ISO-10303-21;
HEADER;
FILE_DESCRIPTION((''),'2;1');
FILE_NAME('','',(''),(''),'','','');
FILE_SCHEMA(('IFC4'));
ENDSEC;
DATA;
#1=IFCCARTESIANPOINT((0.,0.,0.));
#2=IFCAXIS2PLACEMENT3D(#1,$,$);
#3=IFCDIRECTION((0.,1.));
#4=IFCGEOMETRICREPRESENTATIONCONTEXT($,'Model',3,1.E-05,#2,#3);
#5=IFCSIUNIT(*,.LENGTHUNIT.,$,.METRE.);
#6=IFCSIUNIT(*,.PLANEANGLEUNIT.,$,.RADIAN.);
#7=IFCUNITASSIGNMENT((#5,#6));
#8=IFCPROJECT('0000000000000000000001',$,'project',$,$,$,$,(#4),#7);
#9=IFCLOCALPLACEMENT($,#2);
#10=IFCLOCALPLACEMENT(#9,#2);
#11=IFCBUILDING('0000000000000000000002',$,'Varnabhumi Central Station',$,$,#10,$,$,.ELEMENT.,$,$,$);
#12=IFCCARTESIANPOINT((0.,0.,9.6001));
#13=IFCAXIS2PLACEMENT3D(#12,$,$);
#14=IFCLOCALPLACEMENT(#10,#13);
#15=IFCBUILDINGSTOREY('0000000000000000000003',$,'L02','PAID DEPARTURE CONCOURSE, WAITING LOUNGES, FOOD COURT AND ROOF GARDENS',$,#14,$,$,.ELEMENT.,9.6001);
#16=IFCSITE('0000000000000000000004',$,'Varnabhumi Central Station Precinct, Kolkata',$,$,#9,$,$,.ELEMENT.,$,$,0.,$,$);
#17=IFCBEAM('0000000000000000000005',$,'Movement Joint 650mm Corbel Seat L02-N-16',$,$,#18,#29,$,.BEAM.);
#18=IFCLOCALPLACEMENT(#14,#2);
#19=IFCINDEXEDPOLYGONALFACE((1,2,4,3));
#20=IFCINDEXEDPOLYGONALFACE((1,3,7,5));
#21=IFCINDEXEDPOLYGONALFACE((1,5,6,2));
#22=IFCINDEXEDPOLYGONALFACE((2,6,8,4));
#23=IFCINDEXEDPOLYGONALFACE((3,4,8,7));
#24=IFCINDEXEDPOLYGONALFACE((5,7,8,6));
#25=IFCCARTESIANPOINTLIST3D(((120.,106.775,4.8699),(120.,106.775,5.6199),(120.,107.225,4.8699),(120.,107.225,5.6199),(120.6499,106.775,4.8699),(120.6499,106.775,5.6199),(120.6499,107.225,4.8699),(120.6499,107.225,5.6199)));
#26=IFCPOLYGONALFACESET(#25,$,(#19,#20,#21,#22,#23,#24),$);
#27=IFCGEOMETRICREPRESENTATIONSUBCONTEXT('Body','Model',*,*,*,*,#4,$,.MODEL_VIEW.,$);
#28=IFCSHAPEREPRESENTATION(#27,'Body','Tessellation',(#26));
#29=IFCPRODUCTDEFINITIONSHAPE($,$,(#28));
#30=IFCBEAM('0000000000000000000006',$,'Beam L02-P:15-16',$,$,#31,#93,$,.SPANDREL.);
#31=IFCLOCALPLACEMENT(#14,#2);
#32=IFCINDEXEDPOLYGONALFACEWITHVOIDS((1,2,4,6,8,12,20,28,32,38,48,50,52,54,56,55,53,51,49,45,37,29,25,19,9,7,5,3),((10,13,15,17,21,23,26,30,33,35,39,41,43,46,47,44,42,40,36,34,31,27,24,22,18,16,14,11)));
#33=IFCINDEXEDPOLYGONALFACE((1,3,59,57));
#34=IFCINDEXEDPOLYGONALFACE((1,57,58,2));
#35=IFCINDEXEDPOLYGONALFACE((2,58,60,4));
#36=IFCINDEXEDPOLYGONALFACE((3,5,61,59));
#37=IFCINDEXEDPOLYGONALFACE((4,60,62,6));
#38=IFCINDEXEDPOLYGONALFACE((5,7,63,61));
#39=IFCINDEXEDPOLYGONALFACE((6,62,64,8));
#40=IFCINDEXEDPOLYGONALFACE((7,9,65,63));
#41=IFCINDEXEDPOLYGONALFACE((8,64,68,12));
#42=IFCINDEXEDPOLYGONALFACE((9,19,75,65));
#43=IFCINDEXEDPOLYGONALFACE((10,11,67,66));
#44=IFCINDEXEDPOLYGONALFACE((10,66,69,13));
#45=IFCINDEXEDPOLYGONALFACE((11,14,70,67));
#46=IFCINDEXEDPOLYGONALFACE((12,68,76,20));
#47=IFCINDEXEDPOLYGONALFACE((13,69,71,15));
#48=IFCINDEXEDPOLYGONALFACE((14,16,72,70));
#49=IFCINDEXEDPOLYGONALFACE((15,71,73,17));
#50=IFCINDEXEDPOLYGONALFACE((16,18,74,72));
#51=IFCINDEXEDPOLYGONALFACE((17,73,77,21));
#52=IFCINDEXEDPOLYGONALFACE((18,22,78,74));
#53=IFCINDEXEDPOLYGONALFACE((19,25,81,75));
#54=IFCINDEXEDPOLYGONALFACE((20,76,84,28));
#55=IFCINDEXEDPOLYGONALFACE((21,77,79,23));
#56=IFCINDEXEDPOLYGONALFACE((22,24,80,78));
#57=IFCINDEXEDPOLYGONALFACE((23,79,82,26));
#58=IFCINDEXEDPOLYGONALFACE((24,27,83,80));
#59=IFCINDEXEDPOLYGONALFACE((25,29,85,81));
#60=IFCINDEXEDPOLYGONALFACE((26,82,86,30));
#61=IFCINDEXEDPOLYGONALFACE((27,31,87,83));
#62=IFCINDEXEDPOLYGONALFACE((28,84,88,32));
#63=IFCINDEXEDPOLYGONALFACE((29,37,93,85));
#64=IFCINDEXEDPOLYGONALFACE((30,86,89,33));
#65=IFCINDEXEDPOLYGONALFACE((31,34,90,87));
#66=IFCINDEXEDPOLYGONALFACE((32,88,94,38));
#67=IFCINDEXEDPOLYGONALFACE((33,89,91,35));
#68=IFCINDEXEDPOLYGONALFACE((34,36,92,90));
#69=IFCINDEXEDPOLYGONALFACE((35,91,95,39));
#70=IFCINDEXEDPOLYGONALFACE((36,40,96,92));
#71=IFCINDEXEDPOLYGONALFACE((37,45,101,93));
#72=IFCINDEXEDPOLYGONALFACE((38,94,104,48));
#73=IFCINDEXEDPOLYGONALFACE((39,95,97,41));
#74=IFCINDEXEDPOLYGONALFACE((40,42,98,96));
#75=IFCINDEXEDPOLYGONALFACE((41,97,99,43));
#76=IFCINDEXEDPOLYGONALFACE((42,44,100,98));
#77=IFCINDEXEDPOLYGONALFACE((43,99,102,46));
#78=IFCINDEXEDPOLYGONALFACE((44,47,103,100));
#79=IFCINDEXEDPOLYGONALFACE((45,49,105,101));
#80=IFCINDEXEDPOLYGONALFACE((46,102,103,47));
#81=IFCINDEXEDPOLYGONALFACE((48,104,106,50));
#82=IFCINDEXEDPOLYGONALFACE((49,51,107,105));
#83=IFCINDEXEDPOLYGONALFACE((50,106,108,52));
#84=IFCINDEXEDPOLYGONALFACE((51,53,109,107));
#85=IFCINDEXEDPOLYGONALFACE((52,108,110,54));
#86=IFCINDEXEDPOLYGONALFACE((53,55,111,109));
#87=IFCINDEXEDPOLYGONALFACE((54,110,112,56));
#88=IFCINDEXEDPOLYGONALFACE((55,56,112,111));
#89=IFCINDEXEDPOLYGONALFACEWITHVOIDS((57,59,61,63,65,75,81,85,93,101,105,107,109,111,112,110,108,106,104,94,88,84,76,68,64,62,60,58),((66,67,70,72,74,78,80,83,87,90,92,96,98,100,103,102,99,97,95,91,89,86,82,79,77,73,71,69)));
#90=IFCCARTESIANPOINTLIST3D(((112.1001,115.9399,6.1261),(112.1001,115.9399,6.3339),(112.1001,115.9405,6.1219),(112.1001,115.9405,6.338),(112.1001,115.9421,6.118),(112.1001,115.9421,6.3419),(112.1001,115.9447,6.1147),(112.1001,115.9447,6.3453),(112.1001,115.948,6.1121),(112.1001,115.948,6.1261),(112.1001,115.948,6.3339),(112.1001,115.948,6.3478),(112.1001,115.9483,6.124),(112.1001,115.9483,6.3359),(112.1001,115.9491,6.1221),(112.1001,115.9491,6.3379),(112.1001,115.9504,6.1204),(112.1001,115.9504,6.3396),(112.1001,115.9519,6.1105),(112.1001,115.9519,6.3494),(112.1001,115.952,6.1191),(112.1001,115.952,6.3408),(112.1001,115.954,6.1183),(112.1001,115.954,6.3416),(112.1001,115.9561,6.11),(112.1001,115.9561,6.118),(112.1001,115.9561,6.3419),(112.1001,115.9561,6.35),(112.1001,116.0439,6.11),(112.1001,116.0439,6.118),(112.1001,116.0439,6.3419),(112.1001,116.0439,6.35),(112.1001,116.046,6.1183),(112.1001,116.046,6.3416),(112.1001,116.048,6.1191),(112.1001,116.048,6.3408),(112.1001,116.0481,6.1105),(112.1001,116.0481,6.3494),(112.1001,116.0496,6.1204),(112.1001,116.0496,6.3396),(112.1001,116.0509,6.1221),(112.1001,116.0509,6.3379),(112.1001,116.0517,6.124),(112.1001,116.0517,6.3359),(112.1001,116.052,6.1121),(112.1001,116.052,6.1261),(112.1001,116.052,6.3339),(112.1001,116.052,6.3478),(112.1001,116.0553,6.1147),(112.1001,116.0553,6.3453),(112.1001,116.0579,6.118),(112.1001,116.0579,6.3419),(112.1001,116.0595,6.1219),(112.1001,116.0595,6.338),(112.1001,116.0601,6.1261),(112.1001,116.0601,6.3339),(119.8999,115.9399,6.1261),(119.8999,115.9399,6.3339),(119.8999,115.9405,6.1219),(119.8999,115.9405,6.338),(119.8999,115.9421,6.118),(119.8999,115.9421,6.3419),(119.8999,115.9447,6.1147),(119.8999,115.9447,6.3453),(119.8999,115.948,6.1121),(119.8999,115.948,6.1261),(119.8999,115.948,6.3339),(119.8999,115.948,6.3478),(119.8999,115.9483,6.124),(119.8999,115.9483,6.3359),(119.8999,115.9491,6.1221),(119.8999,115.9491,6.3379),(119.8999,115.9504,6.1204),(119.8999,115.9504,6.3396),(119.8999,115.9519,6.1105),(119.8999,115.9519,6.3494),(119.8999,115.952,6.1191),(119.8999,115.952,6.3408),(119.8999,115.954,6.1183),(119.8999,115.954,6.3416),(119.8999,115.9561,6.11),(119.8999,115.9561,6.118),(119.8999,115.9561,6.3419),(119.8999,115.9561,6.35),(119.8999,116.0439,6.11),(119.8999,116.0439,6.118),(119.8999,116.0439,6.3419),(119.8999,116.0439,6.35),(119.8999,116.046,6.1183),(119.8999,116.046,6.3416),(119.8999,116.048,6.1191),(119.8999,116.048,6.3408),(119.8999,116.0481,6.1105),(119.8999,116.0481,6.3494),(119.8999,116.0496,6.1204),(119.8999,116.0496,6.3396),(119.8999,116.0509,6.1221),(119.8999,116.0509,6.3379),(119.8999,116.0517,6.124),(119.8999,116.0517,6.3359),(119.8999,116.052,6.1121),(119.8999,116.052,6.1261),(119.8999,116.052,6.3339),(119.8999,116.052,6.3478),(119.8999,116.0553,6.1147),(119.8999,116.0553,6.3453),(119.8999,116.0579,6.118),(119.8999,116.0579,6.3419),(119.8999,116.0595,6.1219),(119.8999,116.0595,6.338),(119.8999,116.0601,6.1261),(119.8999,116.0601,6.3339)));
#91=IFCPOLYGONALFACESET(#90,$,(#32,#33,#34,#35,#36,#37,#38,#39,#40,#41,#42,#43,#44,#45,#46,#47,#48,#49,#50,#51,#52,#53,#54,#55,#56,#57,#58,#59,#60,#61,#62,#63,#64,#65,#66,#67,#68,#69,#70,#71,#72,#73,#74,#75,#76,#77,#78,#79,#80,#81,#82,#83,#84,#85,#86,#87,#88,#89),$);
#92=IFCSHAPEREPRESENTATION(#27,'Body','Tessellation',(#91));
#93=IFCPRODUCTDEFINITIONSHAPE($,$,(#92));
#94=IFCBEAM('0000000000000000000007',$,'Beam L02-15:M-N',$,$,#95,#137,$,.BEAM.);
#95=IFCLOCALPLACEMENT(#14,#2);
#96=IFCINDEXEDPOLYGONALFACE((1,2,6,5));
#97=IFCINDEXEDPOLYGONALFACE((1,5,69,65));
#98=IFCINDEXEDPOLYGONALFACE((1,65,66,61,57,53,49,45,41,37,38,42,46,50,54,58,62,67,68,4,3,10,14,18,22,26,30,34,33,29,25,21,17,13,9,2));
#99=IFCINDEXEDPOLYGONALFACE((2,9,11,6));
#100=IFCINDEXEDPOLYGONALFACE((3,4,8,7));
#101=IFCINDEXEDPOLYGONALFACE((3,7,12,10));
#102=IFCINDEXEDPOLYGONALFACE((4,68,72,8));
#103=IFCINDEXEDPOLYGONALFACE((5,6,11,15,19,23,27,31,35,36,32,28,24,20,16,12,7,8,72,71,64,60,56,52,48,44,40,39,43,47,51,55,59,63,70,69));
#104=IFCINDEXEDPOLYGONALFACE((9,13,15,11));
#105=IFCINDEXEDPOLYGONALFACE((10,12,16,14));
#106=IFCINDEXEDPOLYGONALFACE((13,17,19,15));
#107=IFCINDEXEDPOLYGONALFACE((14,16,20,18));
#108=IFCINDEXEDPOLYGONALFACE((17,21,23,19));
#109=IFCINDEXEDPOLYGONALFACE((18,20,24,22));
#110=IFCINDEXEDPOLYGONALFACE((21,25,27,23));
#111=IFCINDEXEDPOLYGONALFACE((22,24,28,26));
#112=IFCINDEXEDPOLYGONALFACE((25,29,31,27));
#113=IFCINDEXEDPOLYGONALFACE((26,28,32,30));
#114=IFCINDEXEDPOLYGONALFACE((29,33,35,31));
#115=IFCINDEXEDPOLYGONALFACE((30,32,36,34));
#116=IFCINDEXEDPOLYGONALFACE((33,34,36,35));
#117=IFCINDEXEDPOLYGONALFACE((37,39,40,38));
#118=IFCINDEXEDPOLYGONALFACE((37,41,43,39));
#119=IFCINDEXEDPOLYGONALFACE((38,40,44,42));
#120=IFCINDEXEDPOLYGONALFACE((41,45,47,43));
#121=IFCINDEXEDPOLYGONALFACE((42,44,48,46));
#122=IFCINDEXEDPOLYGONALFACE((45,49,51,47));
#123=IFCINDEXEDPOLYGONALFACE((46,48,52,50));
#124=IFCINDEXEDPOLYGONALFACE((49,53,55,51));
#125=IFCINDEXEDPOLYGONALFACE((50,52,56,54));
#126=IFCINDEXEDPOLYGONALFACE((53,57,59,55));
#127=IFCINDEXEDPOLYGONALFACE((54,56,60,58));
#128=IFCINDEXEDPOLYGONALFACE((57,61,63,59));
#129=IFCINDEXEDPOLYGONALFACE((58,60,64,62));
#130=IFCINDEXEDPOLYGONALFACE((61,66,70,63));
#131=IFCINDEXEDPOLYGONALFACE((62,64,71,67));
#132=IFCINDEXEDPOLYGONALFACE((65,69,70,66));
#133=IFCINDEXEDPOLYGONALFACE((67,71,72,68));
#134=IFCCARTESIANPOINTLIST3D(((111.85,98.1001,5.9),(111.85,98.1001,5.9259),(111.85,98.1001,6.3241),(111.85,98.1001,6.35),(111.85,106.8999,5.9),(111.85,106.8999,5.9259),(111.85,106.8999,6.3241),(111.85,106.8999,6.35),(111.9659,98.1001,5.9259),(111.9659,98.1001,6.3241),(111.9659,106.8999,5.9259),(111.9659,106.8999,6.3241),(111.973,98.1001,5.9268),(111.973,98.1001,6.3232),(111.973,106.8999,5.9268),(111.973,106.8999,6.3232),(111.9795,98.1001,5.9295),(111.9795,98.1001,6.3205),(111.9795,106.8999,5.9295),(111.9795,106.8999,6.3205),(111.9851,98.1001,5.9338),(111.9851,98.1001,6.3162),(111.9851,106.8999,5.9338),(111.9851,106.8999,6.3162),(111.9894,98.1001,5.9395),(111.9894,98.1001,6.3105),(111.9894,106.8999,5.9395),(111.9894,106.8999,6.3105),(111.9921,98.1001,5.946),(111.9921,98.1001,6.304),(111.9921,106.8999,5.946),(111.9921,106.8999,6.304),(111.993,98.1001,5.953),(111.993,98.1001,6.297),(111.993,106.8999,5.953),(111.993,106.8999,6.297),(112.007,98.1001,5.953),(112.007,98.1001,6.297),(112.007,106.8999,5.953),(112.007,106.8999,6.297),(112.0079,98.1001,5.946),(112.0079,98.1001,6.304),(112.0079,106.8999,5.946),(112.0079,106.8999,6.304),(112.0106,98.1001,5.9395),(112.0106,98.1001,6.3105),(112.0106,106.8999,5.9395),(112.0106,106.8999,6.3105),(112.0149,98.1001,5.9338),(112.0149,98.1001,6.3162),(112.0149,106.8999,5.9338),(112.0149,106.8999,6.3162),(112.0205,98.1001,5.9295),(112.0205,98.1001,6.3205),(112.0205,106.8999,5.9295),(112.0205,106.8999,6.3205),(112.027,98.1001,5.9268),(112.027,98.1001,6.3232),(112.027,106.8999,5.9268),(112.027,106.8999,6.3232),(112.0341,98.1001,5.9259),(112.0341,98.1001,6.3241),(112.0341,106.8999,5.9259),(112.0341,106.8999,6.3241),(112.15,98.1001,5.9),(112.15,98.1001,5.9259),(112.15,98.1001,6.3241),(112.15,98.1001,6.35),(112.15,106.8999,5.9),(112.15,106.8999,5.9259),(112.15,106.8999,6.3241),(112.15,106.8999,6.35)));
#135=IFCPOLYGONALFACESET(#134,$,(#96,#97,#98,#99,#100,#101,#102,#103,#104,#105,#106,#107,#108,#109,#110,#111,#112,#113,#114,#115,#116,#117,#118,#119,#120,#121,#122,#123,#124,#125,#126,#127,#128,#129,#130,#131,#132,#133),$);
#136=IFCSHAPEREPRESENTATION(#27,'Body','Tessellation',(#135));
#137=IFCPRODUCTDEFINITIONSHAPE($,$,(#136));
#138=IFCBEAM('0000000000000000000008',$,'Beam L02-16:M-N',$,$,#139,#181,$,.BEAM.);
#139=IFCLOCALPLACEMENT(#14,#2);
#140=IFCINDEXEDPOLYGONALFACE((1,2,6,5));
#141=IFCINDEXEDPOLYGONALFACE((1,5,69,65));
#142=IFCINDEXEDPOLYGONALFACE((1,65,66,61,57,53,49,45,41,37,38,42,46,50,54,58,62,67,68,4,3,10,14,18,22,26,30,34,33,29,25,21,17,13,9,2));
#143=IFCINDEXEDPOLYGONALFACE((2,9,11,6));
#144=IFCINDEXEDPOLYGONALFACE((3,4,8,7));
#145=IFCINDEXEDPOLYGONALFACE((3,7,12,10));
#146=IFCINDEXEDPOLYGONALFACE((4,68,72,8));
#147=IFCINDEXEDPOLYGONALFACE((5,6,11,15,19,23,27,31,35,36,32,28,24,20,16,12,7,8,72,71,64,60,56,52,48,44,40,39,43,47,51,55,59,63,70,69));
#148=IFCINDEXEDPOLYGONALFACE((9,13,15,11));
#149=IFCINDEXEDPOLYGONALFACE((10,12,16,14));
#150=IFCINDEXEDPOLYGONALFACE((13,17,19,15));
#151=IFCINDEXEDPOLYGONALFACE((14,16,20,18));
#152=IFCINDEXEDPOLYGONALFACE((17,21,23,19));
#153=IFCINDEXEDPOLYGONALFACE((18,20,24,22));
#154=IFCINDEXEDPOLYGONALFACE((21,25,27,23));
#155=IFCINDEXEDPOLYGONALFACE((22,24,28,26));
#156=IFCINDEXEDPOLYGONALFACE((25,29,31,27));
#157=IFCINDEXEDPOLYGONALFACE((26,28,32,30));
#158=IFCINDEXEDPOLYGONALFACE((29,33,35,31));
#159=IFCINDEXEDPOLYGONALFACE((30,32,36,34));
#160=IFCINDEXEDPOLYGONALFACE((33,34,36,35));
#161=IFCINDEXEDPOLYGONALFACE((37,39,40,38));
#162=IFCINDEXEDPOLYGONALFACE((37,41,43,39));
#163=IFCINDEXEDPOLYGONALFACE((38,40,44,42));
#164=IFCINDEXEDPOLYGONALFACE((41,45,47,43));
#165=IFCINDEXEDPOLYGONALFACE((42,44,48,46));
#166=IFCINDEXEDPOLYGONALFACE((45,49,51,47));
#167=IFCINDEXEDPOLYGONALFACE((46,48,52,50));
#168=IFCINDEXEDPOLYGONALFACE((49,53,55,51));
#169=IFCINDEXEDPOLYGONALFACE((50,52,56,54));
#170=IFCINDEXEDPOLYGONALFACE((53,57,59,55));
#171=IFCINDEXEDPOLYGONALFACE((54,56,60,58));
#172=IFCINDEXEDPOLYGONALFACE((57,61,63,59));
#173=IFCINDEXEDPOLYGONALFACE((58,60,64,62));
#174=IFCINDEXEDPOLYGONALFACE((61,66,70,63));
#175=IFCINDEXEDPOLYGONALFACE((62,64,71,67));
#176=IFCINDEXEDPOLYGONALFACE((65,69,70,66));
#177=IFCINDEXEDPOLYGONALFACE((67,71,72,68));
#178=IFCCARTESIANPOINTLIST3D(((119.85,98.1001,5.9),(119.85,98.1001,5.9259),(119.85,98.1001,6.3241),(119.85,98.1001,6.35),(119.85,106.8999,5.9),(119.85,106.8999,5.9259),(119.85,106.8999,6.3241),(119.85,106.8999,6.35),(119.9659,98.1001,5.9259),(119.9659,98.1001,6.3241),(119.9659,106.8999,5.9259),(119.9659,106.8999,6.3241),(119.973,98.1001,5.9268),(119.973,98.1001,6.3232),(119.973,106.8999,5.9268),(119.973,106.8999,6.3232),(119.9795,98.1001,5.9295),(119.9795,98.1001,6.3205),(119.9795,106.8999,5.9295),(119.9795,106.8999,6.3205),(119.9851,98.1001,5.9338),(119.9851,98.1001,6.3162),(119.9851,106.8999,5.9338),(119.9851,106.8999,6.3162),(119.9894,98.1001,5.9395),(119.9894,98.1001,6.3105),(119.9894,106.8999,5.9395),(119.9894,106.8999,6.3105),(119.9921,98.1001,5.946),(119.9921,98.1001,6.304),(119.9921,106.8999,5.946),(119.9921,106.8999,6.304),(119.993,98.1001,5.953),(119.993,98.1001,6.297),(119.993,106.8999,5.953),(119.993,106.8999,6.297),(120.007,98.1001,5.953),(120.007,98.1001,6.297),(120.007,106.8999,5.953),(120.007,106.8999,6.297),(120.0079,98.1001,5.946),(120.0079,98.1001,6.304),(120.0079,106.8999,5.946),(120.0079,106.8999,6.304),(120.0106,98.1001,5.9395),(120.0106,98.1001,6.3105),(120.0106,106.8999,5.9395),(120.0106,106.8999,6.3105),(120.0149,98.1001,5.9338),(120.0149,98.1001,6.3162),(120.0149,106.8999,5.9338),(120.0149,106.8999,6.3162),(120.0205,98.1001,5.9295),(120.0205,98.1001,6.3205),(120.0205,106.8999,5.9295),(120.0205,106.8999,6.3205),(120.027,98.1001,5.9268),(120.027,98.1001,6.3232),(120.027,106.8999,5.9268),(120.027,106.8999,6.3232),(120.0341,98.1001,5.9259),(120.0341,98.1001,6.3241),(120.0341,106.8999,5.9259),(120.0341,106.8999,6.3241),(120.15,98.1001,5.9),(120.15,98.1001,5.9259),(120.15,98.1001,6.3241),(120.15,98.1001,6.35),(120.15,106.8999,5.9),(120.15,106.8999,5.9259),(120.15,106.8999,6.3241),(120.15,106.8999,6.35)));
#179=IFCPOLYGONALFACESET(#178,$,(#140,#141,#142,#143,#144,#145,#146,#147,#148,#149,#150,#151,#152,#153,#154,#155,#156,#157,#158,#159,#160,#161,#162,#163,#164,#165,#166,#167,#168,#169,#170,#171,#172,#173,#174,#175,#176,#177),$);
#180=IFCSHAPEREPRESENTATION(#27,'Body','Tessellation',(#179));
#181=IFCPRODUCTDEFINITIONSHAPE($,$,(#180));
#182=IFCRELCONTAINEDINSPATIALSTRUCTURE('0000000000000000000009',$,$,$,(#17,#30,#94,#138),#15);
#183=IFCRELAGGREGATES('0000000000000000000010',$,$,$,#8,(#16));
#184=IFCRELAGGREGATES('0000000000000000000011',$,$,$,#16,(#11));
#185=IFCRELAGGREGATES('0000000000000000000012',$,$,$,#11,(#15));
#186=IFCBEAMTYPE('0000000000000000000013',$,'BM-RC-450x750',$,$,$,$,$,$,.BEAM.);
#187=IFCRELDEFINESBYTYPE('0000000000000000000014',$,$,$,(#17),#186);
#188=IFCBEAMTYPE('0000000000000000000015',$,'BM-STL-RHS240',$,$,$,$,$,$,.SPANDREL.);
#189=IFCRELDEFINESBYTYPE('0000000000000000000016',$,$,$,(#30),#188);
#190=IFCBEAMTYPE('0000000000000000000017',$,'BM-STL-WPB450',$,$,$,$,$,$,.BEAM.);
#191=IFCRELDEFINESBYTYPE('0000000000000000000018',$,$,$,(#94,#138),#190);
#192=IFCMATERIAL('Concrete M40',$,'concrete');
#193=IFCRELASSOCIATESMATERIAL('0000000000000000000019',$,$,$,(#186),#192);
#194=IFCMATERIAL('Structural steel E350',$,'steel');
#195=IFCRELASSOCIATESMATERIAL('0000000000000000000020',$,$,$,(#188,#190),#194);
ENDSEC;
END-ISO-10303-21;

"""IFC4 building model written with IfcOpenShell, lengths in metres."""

from ifc_helpers import new_model, si_unit, direction, frame, origin, origin_2d, place, context, subcontext, project, spatial, rectangle, hollow_rectangle, i_section, extrude, material, material_profile, profile_set, type_object, element, save


model = new_model("IFC4")

# Units and contexts
model_context = context("Model", 3, precision=1e-05, world=origin(), true_north=direction((0.0, 1.0)))
body_context = subcontext(model_context, "Body", "Model", "MODEL_VIEW")
ifc_project = project(units=[si_unit("LENGTHUNIT", "METRE"), si_unit("PLANEANGLEUNIT", "RADIAN")], contexts=[model_context])

# Site, building, storey
site_placement = place(None, origin())
site = spatial("IfcSite", under=ifc_project, at=site_placement, Name="Varnabhumi Central Station Precinct, Kolkata", CompositionType="ELEMENT", RefElevation=0.0)
building_placement = place(site_placement, origin())
building = spatial("IfcBuilding", under=site, at=building_placement, Name="Varnabhumi Central Station", CompositionType="ELEMENT")
storey_placement = place(building_placement, frame((0.0, 0.0, 9.6001)))
storey = spatial("IfcBuildingStorey", under=building, at=storey_placement, Name="L02", Description="PAID DEPARTURE CONCOURSE, WAITING LOUNGES, FOOD COURT AND ROOF GARDENS", CompositionType="ELEMENT", Elevation=9.6001)

# Shared definitions
ifc_material_1 = material(Name="Concrete M40", Category="concrete")

# Beams
ifc_material_2 = material(Name="Structural steel E350", Category="steel")
ifc_material_profile_1 = material_profile(ifc_material_1, rectangle(XDim=0.45, YDim=0.75, at=origin_2d()), Name="Concrete M40", Category="concrete")
ifc_profile_set_1 = profile_set([ifc_material_profile_1], Name="Concrete M40")
beam_type_1 = type_object("IfcBeamType", Name="BM-RC-450x750", PredefinedType="BEAM", material=ifc_profile_set_1)
beam_1_placement = place(storey_placement, frame((120.0, 107.0, 5.2449), z_axis=(1.0, 0.0, 0.0), x_axis=(0.0, 1.0, 0.0)))
element("IfcBeam", 1, at=beam_1_placement, inside=storey, type_object=beam_type_1, Name="Movement Joint 650mm Corbel Seat L02-N-16", PredefinedType="BEAM", context=body_context, shape_type="SweptSolid", body=[
    extrude(rectangle(XDim=0.45, YDim=0.75, at=origin_2d()), origin(), (0.0, 0.0, 1.0), 0.6499),
])
ifc_material_profile_2 = material_profile(ifc_material_2, hollow_rectangle(XDim=0.1201, YDim=0.24, WallThickness=0.0081, InnerFilletRadius=0.0081, OuterFilletRadius=0.0161, at=origin_2d()), Name="Structural steel E350", Category="steel")
ifc_profile_set_2 = profile_set([ifc_material_profile_2], Name="Structural steel E350")
beam_type_2 = type_object("IfcBeamType", Name="BM-STL-RHS240", PredefinedType="SPANDREL", material=ifc_profile_set_2)
beam_2_placement = place(storey_placement, frame((112.1001, 116.0, 6.23), z_axis=(1.0, 0.0, 0.0), x_axis=(0.0, 1.0, 0.0)))
element("IfcBeam", 2, at=beam_2_placement, inside=storey, type_object=beam_type_2, Name="Beam L02-P:15-16", PredefinedType="SPANDREL", context=body_context, shape_type="SweptSolid", body=[
    extrude(hollow_rectangle(XDim=0.1201, YDim=0.24, WallThickness=0.0081, InnerFilletRadius=0.0081, OuterFilletRadius=0.0161, at=origin_2d()), origin(), (0.0, 0.0, 1.0), 7.7998),
])
ifc_material_profile_3 = material_profile(ifc_material_2, i_section(OverallWidth=0.3, OverallDepth=0.45, WebThickness=0.0139, FlangeThickness=0.0259, FilletRadius=0.0271, at=origin_2d()), Name="Structural steel E350", Category="steel")
ifc_profile_set_3 = profile_set([ifc_material_profile_3], Name="Structural steel E350")
beam_type_3 = type_object("IfcBeamType", Name="BM-STL-WPB450", PredefinedType="BEAM", material=ifc_profile_set_3)
for number, where, z_axis, x_axis, name in (
    (3, (112.0, 98.1001, 6.125), (0.0, 1.0, 0.0), (-1.0, 0.0, 0.0), "Beam L02-15:M-N"),
    (4, (120.0, 98.1001, 6.125), (0.0, 1.0, 0.0), (-1.0, 0.0, 0.0), "Beam L02-16:M-N"),
):
    element("IfcBeam", number, at=place(storey_placement, frame(where, z_axis=z_axis, x_axis=x_axis)), inside=storey, type_object=beam_type_3, Name=name, PredefinedType="BEAM", context=body_context, shape_type="SweptSolid", body=[
        extrude(i_section(OverallWidth=0.3, OverallDepth=0.45, WebThickness=0.0139, FlangeThickness=0.0259, FilletRadius=0.0271, at=origin_2d()), origin(), (0.0, 0.0, 1.0), 8.7998),
    ])

save(model, "model.ifc")
